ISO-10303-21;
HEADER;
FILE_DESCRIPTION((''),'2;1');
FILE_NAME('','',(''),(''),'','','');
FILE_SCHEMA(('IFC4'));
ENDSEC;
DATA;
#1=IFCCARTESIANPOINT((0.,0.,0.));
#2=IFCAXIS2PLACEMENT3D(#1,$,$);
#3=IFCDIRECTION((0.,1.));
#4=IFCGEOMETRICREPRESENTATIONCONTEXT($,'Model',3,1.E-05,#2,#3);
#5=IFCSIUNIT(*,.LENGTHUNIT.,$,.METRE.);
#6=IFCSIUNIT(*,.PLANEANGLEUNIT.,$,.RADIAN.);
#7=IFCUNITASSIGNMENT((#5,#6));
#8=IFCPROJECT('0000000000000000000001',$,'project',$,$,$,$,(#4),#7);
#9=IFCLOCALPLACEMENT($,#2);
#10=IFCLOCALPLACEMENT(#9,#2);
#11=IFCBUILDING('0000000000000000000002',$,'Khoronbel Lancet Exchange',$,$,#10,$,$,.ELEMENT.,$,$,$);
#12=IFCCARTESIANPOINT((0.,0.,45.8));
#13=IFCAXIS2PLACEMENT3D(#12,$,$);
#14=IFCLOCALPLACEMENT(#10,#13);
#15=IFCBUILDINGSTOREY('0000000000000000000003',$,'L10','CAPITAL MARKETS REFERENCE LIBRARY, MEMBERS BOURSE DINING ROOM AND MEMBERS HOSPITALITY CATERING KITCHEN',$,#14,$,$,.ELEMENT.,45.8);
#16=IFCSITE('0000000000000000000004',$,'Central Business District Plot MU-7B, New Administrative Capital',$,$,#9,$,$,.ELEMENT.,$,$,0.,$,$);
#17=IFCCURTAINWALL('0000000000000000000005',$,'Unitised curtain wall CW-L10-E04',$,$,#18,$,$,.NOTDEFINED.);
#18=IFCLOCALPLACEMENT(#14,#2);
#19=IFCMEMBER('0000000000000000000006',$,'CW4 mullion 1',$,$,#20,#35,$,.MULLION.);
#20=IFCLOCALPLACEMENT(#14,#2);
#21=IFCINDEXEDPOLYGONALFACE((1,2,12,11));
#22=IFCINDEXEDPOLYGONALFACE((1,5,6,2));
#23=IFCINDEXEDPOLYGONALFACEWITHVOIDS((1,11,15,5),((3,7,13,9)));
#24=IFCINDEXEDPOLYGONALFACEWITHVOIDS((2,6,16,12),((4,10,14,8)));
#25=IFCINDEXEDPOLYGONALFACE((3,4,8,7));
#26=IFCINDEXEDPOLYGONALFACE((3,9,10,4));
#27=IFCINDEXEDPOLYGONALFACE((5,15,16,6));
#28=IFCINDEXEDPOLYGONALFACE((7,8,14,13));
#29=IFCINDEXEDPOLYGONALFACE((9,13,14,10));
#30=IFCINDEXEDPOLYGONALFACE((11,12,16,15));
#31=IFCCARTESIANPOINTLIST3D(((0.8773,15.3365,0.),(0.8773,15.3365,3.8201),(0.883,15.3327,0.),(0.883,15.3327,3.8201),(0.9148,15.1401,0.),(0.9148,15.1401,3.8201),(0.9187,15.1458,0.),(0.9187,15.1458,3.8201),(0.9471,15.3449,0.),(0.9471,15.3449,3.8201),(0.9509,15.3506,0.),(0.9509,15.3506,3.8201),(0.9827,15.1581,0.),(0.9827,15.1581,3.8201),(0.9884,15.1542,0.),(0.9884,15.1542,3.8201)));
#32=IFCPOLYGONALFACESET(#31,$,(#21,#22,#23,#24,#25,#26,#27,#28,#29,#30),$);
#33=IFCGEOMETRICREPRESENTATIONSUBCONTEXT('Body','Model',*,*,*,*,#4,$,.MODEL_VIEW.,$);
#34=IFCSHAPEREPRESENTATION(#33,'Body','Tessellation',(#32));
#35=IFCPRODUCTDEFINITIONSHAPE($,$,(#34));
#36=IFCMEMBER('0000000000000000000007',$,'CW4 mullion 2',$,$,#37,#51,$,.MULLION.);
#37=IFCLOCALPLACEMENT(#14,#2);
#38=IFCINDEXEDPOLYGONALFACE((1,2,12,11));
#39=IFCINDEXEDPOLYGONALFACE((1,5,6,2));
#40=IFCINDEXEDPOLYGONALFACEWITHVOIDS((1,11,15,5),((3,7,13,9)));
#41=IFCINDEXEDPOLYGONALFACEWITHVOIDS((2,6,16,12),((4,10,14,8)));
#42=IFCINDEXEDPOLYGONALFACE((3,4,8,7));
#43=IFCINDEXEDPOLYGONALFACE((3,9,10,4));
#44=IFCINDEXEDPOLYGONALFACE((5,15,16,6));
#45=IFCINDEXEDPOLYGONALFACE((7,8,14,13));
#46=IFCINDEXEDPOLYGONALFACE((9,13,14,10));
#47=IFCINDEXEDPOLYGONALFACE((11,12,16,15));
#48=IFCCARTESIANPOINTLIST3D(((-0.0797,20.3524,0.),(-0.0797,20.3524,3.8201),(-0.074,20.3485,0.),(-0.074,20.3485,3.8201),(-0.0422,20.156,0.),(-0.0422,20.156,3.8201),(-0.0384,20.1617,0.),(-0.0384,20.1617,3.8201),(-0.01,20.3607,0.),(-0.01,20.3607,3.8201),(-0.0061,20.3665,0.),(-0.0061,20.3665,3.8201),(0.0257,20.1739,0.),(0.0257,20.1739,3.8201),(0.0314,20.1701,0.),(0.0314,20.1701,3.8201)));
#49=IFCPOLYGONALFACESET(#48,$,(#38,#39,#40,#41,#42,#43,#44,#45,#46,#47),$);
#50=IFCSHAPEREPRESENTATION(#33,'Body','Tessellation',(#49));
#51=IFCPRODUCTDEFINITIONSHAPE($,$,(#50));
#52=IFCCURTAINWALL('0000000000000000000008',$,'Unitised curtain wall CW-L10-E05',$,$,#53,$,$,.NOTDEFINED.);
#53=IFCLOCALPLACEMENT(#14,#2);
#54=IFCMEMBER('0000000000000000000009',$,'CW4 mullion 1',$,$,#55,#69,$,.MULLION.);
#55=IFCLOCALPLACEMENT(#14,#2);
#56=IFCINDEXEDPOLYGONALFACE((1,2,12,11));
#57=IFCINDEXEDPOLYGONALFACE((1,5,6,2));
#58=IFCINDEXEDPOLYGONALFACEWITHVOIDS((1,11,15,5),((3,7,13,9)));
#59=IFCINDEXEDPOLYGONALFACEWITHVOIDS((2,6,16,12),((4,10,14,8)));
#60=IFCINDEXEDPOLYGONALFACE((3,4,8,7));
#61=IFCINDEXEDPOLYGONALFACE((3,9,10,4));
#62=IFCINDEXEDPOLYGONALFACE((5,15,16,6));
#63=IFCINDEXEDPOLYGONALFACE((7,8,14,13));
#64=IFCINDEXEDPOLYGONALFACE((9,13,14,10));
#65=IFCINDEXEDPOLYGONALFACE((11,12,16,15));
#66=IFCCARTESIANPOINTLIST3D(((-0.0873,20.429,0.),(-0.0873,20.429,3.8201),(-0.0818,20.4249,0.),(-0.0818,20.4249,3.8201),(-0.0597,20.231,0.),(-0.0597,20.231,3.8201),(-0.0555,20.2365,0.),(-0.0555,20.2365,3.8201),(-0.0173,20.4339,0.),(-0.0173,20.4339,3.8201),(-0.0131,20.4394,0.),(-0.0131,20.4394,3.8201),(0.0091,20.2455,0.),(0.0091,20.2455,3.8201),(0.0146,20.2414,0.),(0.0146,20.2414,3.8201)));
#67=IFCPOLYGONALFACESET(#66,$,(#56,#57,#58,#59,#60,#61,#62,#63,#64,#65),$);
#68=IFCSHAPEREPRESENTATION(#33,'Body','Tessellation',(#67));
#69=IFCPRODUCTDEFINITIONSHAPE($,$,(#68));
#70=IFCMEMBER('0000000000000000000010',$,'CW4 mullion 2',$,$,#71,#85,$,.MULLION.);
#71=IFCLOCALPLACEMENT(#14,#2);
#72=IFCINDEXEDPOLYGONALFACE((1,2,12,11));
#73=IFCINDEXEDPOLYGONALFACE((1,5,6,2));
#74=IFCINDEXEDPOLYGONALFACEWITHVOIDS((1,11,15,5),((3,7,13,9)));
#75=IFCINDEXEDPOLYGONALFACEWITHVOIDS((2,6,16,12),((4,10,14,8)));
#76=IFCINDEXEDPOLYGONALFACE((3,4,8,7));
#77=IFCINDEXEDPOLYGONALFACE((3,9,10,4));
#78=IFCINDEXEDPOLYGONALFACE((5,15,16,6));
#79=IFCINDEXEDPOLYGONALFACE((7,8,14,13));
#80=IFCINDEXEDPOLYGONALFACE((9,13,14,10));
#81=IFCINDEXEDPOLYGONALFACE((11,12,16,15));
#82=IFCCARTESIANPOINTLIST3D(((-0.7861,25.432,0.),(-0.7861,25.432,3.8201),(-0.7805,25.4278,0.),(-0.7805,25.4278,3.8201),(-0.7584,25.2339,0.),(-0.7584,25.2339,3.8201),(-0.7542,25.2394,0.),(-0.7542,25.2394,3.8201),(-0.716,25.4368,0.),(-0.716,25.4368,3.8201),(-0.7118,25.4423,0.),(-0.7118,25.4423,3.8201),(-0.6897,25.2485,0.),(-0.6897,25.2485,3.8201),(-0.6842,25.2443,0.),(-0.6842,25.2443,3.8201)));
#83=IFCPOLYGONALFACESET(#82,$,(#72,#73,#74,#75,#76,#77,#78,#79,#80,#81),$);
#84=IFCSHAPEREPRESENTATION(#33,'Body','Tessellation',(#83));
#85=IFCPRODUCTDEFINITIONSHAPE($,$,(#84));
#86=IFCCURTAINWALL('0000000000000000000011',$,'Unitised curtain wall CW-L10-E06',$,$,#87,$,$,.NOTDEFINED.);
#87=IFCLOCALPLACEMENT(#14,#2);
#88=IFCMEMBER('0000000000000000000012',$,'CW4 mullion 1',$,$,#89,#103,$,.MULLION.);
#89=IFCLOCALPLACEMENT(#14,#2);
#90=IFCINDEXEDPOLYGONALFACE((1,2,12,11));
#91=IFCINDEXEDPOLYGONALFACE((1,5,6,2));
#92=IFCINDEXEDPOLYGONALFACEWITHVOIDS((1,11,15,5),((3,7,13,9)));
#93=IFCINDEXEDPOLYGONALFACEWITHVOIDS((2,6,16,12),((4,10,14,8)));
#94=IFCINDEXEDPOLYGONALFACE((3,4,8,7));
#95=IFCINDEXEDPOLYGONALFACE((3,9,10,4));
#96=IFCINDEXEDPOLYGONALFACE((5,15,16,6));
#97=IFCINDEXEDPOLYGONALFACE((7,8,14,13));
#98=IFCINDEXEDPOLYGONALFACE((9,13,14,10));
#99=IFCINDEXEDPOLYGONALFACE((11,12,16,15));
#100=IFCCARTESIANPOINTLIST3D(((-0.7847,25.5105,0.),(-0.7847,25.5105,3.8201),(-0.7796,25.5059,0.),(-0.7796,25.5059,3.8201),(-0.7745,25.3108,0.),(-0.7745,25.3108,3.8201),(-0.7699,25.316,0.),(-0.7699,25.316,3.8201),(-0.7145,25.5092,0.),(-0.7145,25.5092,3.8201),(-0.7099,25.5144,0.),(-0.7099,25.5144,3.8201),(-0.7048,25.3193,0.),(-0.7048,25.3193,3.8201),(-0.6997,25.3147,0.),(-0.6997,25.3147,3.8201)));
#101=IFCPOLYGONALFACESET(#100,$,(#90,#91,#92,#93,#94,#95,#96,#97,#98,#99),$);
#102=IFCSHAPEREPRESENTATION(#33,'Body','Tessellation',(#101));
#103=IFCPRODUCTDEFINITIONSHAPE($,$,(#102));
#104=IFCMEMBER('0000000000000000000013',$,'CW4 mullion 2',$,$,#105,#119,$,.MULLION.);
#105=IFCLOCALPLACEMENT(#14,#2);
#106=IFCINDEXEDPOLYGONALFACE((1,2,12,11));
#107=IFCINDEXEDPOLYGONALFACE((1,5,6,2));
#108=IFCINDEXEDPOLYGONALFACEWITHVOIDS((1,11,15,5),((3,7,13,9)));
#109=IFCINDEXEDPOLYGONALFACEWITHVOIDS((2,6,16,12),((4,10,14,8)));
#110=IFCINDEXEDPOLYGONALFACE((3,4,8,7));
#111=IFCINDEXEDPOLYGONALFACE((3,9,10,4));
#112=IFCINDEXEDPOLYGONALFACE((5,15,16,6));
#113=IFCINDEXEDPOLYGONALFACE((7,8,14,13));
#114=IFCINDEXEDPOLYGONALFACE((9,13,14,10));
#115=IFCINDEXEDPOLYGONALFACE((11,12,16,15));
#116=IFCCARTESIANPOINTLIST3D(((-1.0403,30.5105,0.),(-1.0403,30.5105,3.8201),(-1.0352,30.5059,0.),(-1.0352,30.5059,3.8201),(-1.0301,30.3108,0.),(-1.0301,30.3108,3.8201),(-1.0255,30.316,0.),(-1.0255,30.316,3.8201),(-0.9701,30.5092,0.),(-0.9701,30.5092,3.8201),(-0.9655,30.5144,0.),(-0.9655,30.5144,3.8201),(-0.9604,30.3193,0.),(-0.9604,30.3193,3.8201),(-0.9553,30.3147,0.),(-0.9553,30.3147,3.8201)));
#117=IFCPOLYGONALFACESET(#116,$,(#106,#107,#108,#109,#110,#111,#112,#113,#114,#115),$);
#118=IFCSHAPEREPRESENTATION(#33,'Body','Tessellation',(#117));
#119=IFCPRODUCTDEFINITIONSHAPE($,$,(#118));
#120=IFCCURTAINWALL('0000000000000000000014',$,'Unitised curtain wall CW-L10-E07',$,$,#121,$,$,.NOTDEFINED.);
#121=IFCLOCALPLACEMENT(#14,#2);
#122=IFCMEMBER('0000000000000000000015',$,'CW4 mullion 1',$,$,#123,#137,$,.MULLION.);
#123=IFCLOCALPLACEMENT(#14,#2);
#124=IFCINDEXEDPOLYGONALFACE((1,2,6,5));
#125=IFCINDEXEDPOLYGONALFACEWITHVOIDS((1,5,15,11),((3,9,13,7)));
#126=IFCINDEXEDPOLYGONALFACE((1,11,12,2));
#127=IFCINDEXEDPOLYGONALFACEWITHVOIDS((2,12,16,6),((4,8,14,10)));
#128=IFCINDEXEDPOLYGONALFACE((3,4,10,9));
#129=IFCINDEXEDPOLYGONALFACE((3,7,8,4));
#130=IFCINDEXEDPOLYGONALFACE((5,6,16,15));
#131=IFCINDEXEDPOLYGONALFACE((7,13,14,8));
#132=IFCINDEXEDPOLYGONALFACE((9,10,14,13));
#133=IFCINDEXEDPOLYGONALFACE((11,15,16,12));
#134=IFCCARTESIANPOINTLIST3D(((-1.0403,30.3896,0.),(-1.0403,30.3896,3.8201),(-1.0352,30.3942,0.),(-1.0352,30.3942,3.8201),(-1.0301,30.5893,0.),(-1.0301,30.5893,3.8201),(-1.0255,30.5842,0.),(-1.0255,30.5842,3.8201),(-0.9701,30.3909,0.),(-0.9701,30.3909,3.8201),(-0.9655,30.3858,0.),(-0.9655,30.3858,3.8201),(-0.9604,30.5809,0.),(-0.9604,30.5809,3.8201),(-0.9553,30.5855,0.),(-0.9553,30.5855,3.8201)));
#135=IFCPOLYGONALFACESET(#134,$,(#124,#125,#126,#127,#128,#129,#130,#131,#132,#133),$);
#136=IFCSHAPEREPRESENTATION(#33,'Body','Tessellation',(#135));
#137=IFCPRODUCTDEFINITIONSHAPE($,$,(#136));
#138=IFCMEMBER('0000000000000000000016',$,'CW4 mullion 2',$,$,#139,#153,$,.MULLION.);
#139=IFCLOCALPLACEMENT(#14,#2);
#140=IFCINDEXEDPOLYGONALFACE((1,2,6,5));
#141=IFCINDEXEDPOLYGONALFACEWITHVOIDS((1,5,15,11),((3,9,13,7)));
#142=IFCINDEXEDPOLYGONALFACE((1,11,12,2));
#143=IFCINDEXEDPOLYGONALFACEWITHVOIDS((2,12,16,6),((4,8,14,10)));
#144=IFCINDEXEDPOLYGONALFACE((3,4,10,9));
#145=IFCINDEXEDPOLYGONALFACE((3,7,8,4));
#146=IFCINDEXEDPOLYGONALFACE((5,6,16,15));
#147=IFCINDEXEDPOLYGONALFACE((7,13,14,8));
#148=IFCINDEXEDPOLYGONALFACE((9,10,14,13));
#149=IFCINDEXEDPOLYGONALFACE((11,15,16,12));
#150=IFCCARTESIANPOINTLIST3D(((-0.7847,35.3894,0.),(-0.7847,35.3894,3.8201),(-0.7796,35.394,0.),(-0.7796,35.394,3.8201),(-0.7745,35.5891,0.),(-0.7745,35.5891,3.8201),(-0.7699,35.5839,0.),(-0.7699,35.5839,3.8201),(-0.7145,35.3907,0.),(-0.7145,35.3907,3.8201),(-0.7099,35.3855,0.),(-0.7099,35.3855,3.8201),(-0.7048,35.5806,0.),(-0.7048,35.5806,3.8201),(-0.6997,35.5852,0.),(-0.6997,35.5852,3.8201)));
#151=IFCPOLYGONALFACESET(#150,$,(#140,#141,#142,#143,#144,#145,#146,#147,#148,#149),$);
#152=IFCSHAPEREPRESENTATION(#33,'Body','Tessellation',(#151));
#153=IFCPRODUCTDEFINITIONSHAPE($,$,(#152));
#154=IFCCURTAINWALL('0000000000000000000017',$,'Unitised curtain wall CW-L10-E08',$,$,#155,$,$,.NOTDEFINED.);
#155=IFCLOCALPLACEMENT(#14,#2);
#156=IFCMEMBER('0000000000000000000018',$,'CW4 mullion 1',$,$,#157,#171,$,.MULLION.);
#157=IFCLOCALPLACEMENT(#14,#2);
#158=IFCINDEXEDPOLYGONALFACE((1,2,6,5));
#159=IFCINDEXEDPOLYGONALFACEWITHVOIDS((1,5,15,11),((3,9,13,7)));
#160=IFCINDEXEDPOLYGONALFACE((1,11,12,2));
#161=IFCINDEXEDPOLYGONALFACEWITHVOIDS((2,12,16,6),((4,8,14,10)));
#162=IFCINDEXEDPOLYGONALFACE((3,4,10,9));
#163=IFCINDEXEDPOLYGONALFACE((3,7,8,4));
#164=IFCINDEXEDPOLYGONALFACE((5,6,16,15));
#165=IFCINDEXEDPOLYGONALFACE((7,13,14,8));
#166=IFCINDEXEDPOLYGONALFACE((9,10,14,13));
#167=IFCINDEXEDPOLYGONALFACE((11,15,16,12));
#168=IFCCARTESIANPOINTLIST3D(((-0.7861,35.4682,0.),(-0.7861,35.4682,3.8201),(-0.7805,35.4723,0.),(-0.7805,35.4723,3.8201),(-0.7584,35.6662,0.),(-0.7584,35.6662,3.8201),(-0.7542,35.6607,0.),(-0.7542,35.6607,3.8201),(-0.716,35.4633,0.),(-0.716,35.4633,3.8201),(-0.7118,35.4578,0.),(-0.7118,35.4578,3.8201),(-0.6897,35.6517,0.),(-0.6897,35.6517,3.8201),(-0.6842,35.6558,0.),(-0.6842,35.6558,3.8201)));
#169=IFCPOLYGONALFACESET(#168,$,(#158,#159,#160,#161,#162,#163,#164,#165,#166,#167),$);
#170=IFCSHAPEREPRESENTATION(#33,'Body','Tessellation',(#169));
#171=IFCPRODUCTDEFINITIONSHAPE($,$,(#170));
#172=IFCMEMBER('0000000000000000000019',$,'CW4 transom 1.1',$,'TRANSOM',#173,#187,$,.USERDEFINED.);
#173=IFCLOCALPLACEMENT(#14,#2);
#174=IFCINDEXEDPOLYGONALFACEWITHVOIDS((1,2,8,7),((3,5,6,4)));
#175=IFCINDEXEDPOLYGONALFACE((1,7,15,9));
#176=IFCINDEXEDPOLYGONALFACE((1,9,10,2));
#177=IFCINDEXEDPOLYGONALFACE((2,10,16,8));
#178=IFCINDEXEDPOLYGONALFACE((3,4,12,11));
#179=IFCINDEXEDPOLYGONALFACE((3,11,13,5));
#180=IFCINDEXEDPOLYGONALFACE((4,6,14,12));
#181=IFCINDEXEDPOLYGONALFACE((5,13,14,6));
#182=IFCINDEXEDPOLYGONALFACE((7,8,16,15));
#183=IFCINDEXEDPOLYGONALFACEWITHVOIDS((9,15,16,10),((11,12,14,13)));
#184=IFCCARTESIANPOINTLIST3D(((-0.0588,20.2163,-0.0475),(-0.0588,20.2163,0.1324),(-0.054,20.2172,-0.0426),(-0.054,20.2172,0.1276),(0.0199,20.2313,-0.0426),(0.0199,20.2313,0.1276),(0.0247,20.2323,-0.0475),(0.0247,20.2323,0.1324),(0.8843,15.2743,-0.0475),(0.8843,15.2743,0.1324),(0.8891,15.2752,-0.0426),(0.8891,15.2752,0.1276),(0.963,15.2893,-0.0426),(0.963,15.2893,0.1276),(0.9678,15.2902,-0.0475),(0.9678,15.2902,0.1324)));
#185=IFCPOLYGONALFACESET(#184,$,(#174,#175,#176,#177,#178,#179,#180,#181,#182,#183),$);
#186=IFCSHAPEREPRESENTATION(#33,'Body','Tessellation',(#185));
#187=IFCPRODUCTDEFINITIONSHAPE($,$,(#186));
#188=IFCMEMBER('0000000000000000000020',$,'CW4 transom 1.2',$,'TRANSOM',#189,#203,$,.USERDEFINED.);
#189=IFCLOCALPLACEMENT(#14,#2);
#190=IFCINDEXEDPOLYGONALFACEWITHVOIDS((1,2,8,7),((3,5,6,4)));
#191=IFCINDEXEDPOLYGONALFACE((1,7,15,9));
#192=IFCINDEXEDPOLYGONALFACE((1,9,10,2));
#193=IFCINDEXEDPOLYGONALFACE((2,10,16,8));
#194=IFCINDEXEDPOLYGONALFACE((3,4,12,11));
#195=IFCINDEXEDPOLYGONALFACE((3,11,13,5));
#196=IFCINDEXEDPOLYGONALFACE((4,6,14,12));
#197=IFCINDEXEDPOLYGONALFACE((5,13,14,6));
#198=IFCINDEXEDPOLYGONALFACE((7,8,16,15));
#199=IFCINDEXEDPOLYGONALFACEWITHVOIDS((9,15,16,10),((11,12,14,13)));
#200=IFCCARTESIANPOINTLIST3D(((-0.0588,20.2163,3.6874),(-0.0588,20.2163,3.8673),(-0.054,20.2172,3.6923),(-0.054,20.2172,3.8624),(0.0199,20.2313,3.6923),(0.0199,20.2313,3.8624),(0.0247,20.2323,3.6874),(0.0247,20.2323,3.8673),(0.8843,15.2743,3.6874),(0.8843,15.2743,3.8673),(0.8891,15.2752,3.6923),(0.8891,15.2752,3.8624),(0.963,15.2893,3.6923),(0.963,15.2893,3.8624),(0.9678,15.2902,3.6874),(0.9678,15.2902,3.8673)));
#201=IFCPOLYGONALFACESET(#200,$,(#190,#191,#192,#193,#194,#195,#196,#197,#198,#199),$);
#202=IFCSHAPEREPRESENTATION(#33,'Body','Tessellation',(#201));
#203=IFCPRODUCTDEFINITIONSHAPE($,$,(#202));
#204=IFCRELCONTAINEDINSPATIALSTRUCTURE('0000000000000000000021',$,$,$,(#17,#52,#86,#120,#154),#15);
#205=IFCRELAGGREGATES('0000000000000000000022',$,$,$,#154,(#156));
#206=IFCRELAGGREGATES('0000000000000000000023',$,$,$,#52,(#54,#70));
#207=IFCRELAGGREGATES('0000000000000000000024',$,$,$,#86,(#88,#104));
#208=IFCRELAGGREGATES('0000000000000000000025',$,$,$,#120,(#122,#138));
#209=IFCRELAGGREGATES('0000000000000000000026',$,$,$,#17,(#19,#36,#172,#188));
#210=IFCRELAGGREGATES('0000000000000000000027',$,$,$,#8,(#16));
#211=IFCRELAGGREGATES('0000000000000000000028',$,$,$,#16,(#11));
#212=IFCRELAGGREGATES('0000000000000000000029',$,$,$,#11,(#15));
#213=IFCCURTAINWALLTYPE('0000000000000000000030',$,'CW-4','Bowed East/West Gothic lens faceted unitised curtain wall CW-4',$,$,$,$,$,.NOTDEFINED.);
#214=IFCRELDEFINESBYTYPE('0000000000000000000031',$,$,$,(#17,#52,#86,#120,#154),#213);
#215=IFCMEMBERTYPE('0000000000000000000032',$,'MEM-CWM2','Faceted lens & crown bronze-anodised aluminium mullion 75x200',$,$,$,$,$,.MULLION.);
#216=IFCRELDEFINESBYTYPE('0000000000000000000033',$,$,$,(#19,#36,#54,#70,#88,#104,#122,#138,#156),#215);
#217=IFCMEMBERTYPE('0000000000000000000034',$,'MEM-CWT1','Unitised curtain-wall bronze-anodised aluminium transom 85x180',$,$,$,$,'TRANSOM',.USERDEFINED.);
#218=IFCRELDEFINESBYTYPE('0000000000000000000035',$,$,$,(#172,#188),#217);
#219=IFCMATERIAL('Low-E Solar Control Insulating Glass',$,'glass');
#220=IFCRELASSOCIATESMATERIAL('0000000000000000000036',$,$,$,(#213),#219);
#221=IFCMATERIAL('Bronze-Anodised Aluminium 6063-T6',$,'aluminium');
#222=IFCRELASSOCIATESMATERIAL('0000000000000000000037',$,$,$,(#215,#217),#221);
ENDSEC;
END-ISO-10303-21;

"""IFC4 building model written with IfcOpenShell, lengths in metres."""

from ifc_helpers import new_model, si_unit, direction, frame, origin, origin_2d, place, context, subcontext, project, spatial, hollow_rectangle, extrude, material, material_profile, profile_set, type_object, element, aggregate, save


model = new_model("IFC4")

# Units and contexts
model_context = context("Model", 3, precision=1e-05, world=origin(), true_north=direction((0.0, 1.0)))
body_context = subcontext(model_context, "Body", "Model", "MODEL_VIEW")
ifc_project = project(units=[si_unit("LENGTHUNIT", "METRE"), si_unit("PLANEANGLEUNIT", "RADIAN")], contexts=[model_context])

# Site, building, storey
site_placement = place(None, origin())
site = spatial("IfcSite", under=ifc_project, at=site_placement, Name="Central Business District Plot MU-7B, New Administrative Capital", CompositionType="ELEMENT", RefElevation=0.0)
building_placement = place(site_placement, origin())
building = spatial("IfcBuilding", under=site, at=building_placement, Name="Khoronbel Lancet Exchange", CompositionType="ELEMENT")
storey_placement = place(building_placement, frame((0.0, 0.0, 45.8)))
storey = spatial("IfcBuildingStorey", under=building, at=storey_placement, Name="L10", Description="CAPITAL MARKETS REFERENCE LIBRARY, MEMBERS BOURSE DINING ROOM AND MEMBERS HOSPITALITY CATERING KITCHEN", CompositionType="ELEMENT", Elevation=45.8)

# Curtain walls, members
ifc_material_1 = material(Name="Low-E Solar Control Insulating Glass", Category="glass")
curtain_wall_type = type_object("IfcCurtainWallType", Name="CW-4", Description="Bowed East/West Gothic lens faceted unitised curtain wall CW-4", PredefinedType="NOTDEFINED", material=ifc_material_1)
curtain_wall_1_placement = place(storey_placement, origin())
curtain_wall_1 = element("IfcCurtainWall", 1, at=curtain_wall_1_placement, inside=storey, type_object=curtain_wall_type, Name="Unitised curtain wall CW-L10-E04", PredefinedType="NOTDEFINED")
ifc_material_2 = material(Name="Bronze-Anodised Aluminium 6063-T6", Category="aluminium")
ifc_material_profile_1 = material_profile(ifc_material_2, hollow_rectangle(XDim=0.075, YDim=0.2, WallThickness=0.0049, at=origin_2d()), Name="ALU MULLION 75x200")
ifc_profile_set_1 = profile_set([ifc_material_profile_1], Name="Bronze-Anodised Aluminium 6063-T6")
member_type_1 = type_object("IfcMemberType", Name="MEM-CWM2", Description="Faceted lens & crown bronze-anodised aluminium mullion 75x200", PredefinedType="MULLION", material=ifc_profile_set_1)
member_1_placement = place(storey_placement, frame((0.9329, 15.2454, 0.0), z_axis=(0.0, 0.0, 1.0), x_axis=(-0.982279, -0.187423, 0.0)))
member_1 = element("IfcMember", 2, at=member_1_placement, type_object=member_type_1, Name="CW4 mullion 1", PredefinedType="MULLION", context=body_context, shape_type="SweptSolid", body=[
    extrude(hollow_rectangle(XDim=0.075, YDim=0.2, WallThickness=0.0049, at=origin_2d()), origin(), (0.0, 0.0, 1.0), 3.8201),
])
member_2_placement = place(storey_placement, frame((-0.0242, 20.2612, 0.0), z_axis=(0.0, 0.0, 1.0), x_axis=(-0.982279, -0.187423, 0.0)))
member_2 = element("IfcMember", 3, at=member_2_placement, type_object=member_type_1, Name="CW4 mullion 2", PredefinedType="MULLION", context=body_context, shape_type="SweptSolid", body=[
    extrude(hollow_rectangle(XDim=0.075, YDim=0.2, WallThickness=0.0049, at=origin_2d()), origin(), (0.0, 0.0, 1.0), 3.8201),
])
curtain_wall_2_placement = place(storey_placement, origin())
curtain_wall_2 = element("IfcCurtainWall", 4, at=curtain_wall_2_placement, inside=storey, type_object=curtain_wall_type, Name="Unitised curtain wall CW-L10-E05", PredefinedType="NOTDEFINED")
member_3_placement = place(storey_placement, frame((-0.0364, 20.3352, 0.0), z_axis=(0.0, 0.0, 1.0), x_axis=(-0.990385, -0.13834, 0.0)))
member_3 = element("IfcMember", 5, at=member_3_placement, type_object=member_type_1, Name="CW4 mullion 1", PredefinedType="MULLION", context=body_context, shape_type="SweptSolid", body=[
    extrude(hollow_rectangle(XDim=0.075, YDim=0.2, WallThickness=0.0049, at=origin_2d()), origin(), (0.0, 0.0, 1.0), 3.8201),
])
member_4_placement = place(storey_placement, frame((-0.7351, 25.3381, 0.0), z_axis=(0.0, 0.0, 1.0), x_axis=(-0.990385, -0.13834, 0.0)))
member_4 = element("IfcMember", 6, at=member_4_placement, type_object=member_type_1, Name="CW4 mullion 2", PredefinedType="MULLION", context=body_context, shape_type="SweptSolid", body=[
    extrude(hollow_rectangle(XDim=0.075, YDim=0.2, WallThickness=0.0049, at=origin_2d()), origin(), (0.0, 0.0, 1.0), 3.8201),
])
curtain_wall_3_placement = place(storey_placement, origin())
curtain_wall_3 = element("IfcCurtainWall", 7, at=curtain_wall_3_placement, inside=storey, type_object=curtain_wall_type, Name="Unitised curtain wall CW-L10-E06", PredefinedType="NOTDEFINED")
member_5_placement = place(storey_placement, frame((-0.7422, 25.4126, 0.0), z_axis=(0.0, 0.0, 1.0), x_axis=(-0.998695, -0.051068, 0.0)))
member_5 = element("IfcMember", 8, at=member_5_placement, type_object=member_type_1, Name="CW4 mullion 1", PredefinedType="MULLION", context=body_context, shape_type="SweptSolid", body=[
    extrude(hollow_rectangle(XDim=0.075, YDim=0.2, WallThickness=0.0049, at=origin_2d()), origin(), (0.0, 0.0, 1.0), 3.8201),
])
member_6_placement = place(storey_placement, frame((-0.9978, 30.4126, 0.0), z_axis=(0.0, 0.0, 1.0), x_axis=(-0.998695, -0.051068, 0.0)))
member_6 = element("IfcMember", 9, at=member_6_placement, type_object=member_type_1, Name="CW4 mullion 2", PredefinedType="MULLION", context=body_context, shape_type="SweptSolid", body=[
    extrude(hollow_rectangle(XDim=0.075, YDim=0.2, WallThickness=0.0049, at=origin_2d()), origin(), (0.0, 0.0, 1.0), 3.8201),
])
curtain_wall_4_placement = place(storey_placement, origin())
curtain_wall_4 = element("IfcCurtainWall", 10, at=curtain_wall_4_placement, inside=storey, type_object=curtain_wall_type, Name="Unitised curtain wall CW-L10-E07", PredefinedType="NOTDEFINED")
member_7_placement = place(storey_placement, frame((-0.9978, 30.4875, 0.0), z_axis=(0.0, 0.0, 1.0), x_axis=(-0.998695, 0.051068, 0.0)))
member_7 = element("IfcMember", 11, at=member_7_placement, type_object=member_type_1, Name="CW4 mullion 1", PredefinedType="MULLION", context=body_context, shape_type="SweptSolid", body=[
    extrude(hollow_rectangle(XDim=0.075, YDim=0.2, WallThickness=0.0049, at=origin_2d()), origin(), (0.0, 0.0, 1.0), 3.8201),
])
member_8_placement = place(storey_placement, frame((-0.7422, 35.4873, 0.0), z_axis=(0.0, 0.0, 1.0), x_axis=(-0.998695, 0.051068, 0.0)))
member_8 = element("IfcMember", 12, at=member_8_placement, type_object=member_type_1, Name="CW4 mullion 2", PredefinedType="MULLION", context=body_context, shape_type="SweptSolid", body=[
    extrude(hollow_rectangle(XDim=0.075, YDim=0.2, WallThickness=0.0049, at=origin_2d()), origin(), (0.0, 0.0, 1.0), 3.8201),
])

# Curtain wall, member
curtain_wall_5_placement = place(storey_placement, origin())
curtain_wall_5 = element("IfcCurtainWall", 13, at=curtain_wall_5_placement, inside=storey, type_object=curtain_wall_type, Name="Unitised curtain wall CW-L10-E08", PredefinedType="NOTDEFINED")
member_9_placement = place(storey_placement, frame((-0.7351, 35.562, 0.0), z_axis=(0.0, 0.0, 1.0), x_axis=(-0.990385, 0.13834, 0.0)))
member_9 = element("IfcMember", 14, at=member_9_placement, type_object=member_type_1, Name="CW4 mullion 1", PredefinedType="MULLION", context=body_context, shape_type="SweptSolid", body=[
    extrude(hollow_rectangle(XDim=0.075, YDim=0.2, WallThickness=0.0049, at=origin_2d()), origin(), (0.0, 0.0, 1.0), 3.8201),
])

# Members
ifc_material_profile_2 = material_profile(ifc_material_2, hollow_rectangle(XDim=0.085, YDim=0.1799, WallThickness=0.0049, at=origin_2d()), Name="ALU TRANSOM 85x180")
ifc_profile_set_2 = profile_set([ifc_material_profile_2], Name="Bronze-Anodised Aluminium 6063-T6")
member_type_2 = type_object("IfcMemberType", Name="MEM-CWT1", Description="Unitised curtain-wall bronze-anodised aluminium transom 85x180", ElementType="TRANSOM", PredefinedType="USERDEFINED", material=ifc_profile_set_2)
member_10_placement = place(storey_placement, frame((0.926, 15.2822, 0.0425), z_axis=(-0.187449, 0.982274, 0.0), x_axis=(-0.982274, -0.187449, 0.0)))
member_10 = element("IfcMember", 15, at=member_10_placement, type_object=member_type_2, Name="CW4 transom 1.1", ObjectType="TRANSOM", PredefinedType="USERDEFINED", context=body_context, shape_type="SweptSolid", body=[
    extrude(hollow_rectangle(XDim=0.085, YDim=0.1799, WallThickness=0.0049, at=origin_2d()), origin(), (0.0, 0.0, 1.0), 5.0312),
])
member_11_placement = place(storey_placement, frame((0.926, 15.2822, 3.7773), z_axis=(-0.187449, 0.982274, 0.0), x_axis=(-0.982274, -0.187449, 0.0)))
member_11 = element("IfcMember", 16, at=member_11_placement, type_object=member_type_2, Name="CW4 transom 1.2", ObjectType="TRANSOM", PredefinedType="USERDEFINED", context=body_context, shape_type="SweptSolid", body=[
    extrude(hollow_rectangle(XDim=0.085, YDim=0.1799, WallThickness=0.0049, at=origin_2d()), origin(), (0.0, 0.0, 1.0), 5.0312),
])
aggregate(curtain_wall_5, [member_9])

aggregate(curtain_wall_2, [member_3, member_4])
aggregate(curtain_wall_3, [member_5, member_6])
aggregate(curtain_wall_4, [member_7, member_8])
aggregate(curtain_wall_1, [member_1, member_2, member_10, member_11])

save(model, "model.ifc")
